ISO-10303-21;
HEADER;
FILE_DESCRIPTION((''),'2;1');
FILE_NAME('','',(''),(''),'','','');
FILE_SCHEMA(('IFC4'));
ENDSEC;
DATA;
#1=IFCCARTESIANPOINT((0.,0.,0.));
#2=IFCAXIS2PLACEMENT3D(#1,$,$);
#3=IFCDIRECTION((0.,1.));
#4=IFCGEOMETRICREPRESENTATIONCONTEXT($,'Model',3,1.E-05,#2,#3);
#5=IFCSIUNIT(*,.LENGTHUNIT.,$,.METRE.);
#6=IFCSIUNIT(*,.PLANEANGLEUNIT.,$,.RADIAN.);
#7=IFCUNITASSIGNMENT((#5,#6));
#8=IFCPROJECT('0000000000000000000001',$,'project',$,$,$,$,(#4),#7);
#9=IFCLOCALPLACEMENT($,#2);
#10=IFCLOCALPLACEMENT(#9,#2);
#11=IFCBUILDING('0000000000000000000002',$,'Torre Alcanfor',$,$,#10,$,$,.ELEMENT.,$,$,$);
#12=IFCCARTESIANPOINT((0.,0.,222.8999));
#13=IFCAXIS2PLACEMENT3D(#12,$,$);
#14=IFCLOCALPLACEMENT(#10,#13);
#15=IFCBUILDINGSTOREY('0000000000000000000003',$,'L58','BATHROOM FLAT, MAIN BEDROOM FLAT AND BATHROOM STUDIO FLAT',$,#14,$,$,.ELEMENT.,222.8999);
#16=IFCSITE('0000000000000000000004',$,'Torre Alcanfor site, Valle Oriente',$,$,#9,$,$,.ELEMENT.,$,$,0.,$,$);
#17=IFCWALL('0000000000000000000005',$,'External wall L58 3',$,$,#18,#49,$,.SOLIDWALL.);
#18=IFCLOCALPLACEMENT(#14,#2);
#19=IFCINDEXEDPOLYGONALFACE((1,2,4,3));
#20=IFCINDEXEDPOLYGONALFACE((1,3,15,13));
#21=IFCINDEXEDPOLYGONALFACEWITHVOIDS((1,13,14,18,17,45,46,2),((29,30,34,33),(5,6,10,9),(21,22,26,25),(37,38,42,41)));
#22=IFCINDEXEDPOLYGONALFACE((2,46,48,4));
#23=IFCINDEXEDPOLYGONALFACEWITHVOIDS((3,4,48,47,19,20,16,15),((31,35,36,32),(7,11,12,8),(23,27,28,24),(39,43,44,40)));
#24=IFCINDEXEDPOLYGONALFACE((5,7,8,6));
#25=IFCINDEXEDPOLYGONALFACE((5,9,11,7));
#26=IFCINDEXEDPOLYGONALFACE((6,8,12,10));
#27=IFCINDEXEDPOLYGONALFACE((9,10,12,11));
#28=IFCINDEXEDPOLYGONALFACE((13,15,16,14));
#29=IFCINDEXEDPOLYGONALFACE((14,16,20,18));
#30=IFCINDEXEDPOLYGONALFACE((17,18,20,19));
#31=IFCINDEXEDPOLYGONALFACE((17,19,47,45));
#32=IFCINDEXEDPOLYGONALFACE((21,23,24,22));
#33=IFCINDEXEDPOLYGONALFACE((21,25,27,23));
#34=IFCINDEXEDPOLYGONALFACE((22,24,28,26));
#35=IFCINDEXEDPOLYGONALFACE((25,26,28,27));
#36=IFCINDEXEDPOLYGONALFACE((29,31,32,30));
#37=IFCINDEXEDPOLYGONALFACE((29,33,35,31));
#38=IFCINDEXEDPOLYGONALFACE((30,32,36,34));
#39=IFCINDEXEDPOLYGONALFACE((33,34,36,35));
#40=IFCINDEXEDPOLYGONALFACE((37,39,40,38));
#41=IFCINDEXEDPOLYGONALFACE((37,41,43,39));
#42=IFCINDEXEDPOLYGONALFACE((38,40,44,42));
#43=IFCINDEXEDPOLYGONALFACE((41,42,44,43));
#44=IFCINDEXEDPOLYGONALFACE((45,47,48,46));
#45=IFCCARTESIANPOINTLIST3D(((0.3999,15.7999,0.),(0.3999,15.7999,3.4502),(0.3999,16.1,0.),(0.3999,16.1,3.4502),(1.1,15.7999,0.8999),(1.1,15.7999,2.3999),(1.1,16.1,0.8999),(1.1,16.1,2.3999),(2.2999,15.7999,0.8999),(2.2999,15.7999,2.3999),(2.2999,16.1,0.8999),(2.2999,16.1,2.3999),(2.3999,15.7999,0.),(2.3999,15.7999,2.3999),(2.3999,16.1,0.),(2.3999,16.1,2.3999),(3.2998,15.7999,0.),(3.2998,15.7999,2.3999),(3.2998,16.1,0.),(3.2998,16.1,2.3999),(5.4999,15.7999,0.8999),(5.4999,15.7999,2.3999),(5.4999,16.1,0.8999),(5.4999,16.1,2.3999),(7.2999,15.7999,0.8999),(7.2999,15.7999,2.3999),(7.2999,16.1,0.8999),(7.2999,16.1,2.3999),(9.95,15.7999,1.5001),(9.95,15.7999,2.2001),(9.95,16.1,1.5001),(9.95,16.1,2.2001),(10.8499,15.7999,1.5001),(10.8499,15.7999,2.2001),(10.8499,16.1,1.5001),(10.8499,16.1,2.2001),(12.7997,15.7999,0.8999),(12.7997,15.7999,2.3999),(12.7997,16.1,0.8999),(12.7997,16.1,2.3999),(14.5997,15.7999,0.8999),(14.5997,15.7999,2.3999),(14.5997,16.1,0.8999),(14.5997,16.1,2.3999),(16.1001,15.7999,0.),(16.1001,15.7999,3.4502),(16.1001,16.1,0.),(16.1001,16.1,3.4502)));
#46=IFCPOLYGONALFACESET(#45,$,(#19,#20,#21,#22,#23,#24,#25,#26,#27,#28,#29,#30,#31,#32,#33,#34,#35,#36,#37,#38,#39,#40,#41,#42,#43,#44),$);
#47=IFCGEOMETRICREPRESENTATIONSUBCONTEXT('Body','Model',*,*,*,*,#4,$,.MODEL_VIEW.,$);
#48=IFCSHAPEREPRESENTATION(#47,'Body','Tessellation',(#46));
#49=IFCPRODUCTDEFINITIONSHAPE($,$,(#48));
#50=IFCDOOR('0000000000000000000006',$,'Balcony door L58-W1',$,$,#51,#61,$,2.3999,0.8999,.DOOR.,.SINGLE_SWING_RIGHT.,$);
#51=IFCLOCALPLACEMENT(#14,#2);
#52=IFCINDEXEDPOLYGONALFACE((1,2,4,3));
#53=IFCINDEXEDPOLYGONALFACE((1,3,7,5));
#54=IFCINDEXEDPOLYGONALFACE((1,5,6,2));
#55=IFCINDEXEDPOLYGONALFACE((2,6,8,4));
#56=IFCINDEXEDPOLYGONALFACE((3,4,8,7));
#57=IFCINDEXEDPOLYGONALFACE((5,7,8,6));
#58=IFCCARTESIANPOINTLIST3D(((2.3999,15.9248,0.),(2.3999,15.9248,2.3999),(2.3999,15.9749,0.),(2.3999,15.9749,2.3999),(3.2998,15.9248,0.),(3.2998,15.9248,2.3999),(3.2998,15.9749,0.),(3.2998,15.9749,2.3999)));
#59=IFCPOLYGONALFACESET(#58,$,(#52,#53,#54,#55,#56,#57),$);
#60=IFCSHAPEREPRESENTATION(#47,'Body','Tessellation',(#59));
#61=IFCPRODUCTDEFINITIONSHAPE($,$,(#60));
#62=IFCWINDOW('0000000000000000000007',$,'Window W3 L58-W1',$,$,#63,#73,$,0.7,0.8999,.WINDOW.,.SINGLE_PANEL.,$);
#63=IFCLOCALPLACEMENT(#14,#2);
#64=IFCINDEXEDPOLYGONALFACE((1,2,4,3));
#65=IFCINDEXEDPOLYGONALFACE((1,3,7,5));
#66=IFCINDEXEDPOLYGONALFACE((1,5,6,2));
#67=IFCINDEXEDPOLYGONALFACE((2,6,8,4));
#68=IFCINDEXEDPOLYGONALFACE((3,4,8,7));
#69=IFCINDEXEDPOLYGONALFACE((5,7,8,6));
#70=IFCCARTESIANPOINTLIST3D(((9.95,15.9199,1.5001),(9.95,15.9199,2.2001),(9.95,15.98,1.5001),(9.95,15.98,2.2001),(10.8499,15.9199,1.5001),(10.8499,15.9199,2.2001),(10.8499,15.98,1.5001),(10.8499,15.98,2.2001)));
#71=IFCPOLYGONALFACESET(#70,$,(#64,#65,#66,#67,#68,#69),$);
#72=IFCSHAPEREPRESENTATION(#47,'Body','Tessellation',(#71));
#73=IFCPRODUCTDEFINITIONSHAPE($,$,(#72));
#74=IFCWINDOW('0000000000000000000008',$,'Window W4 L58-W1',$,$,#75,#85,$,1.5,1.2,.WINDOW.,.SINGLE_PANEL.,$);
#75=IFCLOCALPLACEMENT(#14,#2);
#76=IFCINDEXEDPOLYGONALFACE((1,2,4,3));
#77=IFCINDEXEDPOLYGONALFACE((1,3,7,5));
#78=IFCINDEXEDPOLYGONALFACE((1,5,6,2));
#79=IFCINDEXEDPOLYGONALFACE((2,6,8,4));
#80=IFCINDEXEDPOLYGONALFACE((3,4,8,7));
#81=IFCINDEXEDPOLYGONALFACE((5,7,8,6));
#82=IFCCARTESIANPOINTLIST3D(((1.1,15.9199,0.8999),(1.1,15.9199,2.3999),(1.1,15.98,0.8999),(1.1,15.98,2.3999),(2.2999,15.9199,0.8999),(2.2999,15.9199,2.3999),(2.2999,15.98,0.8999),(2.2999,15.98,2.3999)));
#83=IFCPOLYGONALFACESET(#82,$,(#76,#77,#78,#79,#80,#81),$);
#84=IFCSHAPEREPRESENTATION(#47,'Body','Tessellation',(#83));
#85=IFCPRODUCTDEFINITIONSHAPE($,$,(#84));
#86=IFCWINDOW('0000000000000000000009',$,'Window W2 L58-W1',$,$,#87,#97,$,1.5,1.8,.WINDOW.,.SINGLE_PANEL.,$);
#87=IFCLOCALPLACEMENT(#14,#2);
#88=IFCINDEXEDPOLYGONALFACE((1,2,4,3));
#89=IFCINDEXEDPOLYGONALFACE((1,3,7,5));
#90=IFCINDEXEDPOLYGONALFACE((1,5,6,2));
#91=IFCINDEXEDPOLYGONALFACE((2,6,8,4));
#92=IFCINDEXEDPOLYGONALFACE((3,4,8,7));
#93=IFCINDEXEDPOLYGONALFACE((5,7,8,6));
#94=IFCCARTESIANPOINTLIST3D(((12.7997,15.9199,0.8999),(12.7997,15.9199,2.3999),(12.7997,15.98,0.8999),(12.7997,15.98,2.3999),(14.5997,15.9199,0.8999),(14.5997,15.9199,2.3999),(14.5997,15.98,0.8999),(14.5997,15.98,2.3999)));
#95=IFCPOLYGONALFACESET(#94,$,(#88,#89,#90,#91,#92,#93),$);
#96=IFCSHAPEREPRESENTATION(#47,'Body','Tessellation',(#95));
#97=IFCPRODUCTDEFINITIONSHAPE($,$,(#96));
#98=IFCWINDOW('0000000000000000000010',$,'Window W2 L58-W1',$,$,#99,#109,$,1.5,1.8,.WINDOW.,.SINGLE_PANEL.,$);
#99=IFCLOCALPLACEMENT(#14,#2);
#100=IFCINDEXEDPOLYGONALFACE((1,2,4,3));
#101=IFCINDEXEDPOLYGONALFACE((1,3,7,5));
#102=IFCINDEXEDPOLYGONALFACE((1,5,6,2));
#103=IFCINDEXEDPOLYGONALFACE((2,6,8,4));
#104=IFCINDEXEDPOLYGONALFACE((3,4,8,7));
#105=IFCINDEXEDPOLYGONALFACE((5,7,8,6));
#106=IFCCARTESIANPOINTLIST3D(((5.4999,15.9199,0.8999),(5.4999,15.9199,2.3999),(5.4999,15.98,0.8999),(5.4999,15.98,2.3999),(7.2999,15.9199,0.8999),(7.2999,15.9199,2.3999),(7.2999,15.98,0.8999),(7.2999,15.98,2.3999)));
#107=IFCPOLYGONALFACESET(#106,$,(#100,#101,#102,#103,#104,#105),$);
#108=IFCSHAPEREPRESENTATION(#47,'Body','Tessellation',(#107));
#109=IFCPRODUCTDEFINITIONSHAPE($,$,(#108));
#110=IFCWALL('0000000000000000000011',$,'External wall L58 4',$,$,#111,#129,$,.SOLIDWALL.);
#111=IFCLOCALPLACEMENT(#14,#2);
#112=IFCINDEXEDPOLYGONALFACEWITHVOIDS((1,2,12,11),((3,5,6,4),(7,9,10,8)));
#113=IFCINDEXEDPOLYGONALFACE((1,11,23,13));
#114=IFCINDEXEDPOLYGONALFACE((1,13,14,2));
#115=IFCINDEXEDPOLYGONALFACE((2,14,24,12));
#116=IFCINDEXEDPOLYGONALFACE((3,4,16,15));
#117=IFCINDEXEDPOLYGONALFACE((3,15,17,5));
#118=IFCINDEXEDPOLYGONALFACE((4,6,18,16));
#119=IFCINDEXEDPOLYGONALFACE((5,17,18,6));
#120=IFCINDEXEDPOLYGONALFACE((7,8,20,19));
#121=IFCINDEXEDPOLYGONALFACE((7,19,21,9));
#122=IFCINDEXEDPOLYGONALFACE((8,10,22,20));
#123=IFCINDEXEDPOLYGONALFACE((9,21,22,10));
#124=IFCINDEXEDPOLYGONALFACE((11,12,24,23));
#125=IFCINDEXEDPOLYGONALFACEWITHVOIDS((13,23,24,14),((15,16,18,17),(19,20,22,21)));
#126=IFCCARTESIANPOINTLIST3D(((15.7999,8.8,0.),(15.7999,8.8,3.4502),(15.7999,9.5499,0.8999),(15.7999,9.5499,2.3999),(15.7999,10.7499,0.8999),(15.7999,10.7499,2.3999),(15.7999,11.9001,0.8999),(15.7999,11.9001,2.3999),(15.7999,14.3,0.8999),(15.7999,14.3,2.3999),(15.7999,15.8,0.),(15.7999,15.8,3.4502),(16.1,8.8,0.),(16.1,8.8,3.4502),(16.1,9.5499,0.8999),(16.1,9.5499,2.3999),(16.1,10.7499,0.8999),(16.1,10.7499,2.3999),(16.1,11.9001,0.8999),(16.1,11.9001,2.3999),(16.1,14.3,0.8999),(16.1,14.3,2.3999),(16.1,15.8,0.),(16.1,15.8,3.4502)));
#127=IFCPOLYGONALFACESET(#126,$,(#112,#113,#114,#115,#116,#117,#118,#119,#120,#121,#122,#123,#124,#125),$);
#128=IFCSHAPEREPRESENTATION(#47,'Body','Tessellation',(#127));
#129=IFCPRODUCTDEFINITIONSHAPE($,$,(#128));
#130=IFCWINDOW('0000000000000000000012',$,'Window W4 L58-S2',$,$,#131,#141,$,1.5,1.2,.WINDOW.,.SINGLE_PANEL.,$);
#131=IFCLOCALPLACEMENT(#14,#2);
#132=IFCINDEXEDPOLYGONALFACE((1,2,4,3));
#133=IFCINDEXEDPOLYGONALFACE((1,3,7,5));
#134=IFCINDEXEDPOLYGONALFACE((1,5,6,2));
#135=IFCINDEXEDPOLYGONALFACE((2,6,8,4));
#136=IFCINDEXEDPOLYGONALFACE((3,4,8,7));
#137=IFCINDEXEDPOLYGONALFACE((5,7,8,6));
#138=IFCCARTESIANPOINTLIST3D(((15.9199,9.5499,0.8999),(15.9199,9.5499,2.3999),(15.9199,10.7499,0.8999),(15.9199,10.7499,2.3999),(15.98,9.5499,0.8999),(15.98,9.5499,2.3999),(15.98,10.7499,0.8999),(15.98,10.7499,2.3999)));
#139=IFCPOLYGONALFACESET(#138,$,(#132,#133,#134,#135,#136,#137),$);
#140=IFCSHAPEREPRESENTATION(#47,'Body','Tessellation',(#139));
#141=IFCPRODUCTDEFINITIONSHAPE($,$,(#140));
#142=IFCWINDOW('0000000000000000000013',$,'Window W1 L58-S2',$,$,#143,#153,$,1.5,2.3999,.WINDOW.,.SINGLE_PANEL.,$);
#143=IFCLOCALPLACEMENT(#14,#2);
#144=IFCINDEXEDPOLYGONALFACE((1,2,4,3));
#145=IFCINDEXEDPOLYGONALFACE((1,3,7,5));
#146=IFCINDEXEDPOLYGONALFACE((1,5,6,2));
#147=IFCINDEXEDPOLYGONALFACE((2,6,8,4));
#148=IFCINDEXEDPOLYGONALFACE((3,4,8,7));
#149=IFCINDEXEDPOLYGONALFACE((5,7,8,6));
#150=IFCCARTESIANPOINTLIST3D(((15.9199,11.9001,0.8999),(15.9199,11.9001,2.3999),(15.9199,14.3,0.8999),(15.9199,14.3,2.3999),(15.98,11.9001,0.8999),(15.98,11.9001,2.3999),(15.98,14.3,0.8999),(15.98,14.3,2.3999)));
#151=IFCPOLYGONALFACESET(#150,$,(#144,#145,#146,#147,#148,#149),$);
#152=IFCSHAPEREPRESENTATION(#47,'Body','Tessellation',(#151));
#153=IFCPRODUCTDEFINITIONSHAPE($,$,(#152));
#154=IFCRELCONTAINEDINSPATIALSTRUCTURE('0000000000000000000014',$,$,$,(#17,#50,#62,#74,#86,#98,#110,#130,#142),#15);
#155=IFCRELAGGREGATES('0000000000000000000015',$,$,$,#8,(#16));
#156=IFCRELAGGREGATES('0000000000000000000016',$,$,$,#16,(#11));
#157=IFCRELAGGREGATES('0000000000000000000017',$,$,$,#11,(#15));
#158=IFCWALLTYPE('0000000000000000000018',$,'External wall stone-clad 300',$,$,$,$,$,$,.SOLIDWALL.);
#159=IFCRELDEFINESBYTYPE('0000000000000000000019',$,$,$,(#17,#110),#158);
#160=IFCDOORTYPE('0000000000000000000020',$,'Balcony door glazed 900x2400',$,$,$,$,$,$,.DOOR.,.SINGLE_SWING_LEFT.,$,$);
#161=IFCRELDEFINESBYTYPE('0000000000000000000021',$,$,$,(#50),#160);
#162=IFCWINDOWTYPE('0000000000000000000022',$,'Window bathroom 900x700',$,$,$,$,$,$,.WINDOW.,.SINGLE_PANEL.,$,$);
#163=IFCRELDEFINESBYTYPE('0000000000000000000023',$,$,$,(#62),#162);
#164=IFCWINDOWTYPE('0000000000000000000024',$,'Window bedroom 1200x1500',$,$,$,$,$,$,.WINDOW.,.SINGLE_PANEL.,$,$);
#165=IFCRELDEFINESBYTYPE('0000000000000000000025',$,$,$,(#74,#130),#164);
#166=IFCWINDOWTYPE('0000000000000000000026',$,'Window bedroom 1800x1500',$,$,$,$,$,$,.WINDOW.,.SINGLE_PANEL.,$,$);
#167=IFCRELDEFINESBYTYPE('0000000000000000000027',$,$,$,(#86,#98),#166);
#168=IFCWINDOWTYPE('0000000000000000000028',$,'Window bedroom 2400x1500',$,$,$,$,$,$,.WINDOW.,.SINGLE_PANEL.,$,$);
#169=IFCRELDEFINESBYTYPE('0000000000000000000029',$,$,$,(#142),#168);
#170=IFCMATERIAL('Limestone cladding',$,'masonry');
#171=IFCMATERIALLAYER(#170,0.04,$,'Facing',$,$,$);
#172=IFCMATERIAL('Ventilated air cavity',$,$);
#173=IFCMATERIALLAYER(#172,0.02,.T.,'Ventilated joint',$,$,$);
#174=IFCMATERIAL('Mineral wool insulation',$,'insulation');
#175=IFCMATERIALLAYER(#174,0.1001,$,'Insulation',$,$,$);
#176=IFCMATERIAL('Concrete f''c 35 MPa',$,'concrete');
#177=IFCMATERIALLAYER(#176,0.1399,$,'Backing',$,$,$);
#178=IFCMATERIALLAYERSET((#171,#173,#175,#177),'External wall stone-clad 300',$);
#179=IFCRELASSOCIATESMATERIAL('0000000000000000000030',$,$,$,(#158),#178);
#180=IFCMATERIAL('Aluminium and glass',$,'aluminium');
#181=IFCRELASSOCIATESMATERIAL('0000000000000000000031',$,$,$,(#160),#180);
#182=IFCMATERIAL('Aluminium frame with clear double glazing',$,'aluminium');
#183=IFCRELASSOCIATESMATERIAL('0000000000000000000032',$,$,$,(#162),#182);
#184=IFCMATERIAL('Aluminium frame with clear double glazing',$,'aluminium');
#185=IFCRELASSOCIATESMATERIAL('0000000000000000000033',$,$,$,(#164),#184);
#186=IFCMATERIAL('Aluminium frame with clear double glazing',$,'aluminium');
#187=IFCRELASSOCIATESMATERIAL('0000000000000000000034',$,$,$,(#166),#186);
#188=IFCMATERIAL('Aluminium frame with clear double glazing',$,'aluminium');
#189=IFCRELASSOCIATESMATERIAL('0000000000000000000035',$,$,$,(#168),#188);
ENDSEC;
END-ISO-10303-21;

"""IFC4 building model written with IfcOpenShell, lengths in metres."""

from ifc_helpers import new_model, si_unit, direction, frame, frame_2d, origin, place, context, subcontext, project, spatial, rectangle, extrude, material, layer, layer_set, type_object, element, fill, save


model = new_model("IFC4")

# Units and contexts
model_context = context("Model", 3, precision=1e-05, world=origin(), true_north=direction((0.0, 1.0)))
body_context = subcontext(model_context, "Body", "Model", "MODEL_VIEW")
ifc_project = project(units=[si_unit("LENGTHUNIT", "METRE"), si_unit("PLANEANGLEUNIT", "RADIAN")], contexts=[model_context])

# Site, building, storey
site_placement = place(None, origin())
site = spatial("IfcSite", under=ifc_project, at=site_placement, Name="Torre Alcanfor site, Valle Oriente", CompositionType="ELEMENT", RefElevation=0.0)
building_placement = place(site_placement, origin())
building = spatial("IfcBuilding", under=site, at=building_placement, Name="Torre Alcanfor", CompositionType="ELEMENT")
storey_placement = place(building_placement, frame((0.0, 0.0, 222.8999)))
storey = spatial("IfcBuildingStorey", under=building, at=storey_placement, Name="L58", Description="BATHROOM FLAT, MAIN BEDROOM FLAT AND BATHROOM STUDIO FLAT", CompositionType="ELEMENT", Elevation=222.8999)

# Wall, openings, door, windows
ifc_material_1 = material(Name="Limestone cladding", Category="masonry")
ifc_layer_1 = layer(ifc_material_1, 0.04, Name="Facing")
ifc_material_2 = material(Name="Ventilated air cavity")
ifc_layer_2 = layer(ifc_material_2, 0.02, ventilated=True, Name="Ventilated joint")
ifc_material_3 = material(Name="Mineral wool insulation", Category="insulation")
ifc_layer_3 = layer(ifc_material_3, 0.1001, Name="Insulation")
ifc_material_4 = material(Name="Concrete f'c 35 MPa", Category="concrete")
ifc_layer_4 = layer(ifc_material_4, 0.1399, Name="Backing")
ifc_layer_set_1 = layer_set([ifc_layer_1, ifc_layer_2, ifc_layer_3, ifc_layer_4], Name="External wall stone-clad 300")
wall_type_1 = type_object("IfcWallType", Name="External wall stone-clad 300", PredefinedType="SOLIDWALL", material=ifc_layer_set_1)
wall_1_placement = place(storey_placement, frame((0.3999, 15.95, 0.0), z_axis=(0.0, 0.0, 1.0), x_axis=(1.0, 0.0, 0.0)))
wall_1 = element("IfcWall", 1, at=wall_1_placement, inside=storey, type_object=wall_type_1, Name="External wall L58 3", PredefinedType="SOLIDWALL", context=body_context, shape_type="SweptSolid", body=[
    extrude(rectangle(XDim=15.7002, YDim=0.3, at=frame_2d((7.8501, 0.0))), origin(), (0.0, 0.0, 1.0), 3.4502),
])
opening_1_placement = place(wall_1_placement, frame((12.3999, 0.0, 0.8999)))
opening_1 = element("IfcOpeningElement", 2, at=opening_1_placement, cuts=wall_1, PredefinedType="OPENING", context=body_context, shape_type="SweptSolid", body=[
    extrude(rectangle(XDim=1.8, YDim=1.5, at=frame_2d((0.8999, 0.75))), frame((0.0, 0.1599, 0.0), z_axis=(0.0, -1.0, 0.0), x_axis=(1.0, 0.0, 0.0)), (0.0, 0.0, 1.0), 0.3201),
])
opening_2_placement = place(wall_1_placement, frame((9.55, 0.0, 1.5)))
opening_2 = element("IfcOpeningElement", 3, at=opening_2_placement, cuts=wall_1, PredefinedType="OPENING", context=body_context, shape_type="SweptSolid", body=[
    extrude(rectangle(XDim=0.8999, YDim=0.7, at=frame_2d((0.45, 0.3501))), frame((0.0, 0.1599, 0.0), z_axis=(0.0, -1.0, 0.0), x_axis=(1.0, 0.0, 0.0)), (0.0, 0.0, 1.0), 0.3201),
])
opening_3_placement = place(wall_1_placement, frame((5.1001, 0.0, 0.8999)))
opening_3 = element("IfcOpeningElement", 4, at=opening_3_placement, cuts=wall_1, PredefinedType="OPENING", context=body_context, shape_type="SweptSolid", body=[
    extrude(rectangle(XDim=1.8, YDim=1.5, at=frame_2d((0.8999, 0.75))), frame((0.0, 0.1599, 0.0), z_axis=(0.0, -1.0, 0.0), x_axis=(1.0, 0.0, 0.0)), (0.0, 0.0, 1.0), 0.3201),
])
opening_4_placement = place(wall_1_placement, frame((2.0, 0.0, 0.0)))
opening_4 = element("IfcOpeningElement", 5, at=opening_4_placement, cuts=wall_1, PredefinedType="OPENING", context=body_context, shape_type="SweptSolid", body=[
    extrude(rectangle(XDim=0.8999, YDim=2.3999, at=frame_2d((0.45, 1.2))), frame((0.0, 0.1599, 0.0), z_axis=(0.0, -1.0, 0.0), x_axis=(1.0, 0.0, 0.0)), (0.0, 0.0, 1.0), 0.3201),
])
opening_5_placement = place(wall_1_placement, frame((0.7, 0.0, 0.8999)))
opening_5 = element("IfcOpeningElement", 6, at=opening_5_placement, cuts=wall_1, PredefinedType="OPENING", context=body_context, shape_type="SweptSolid", body=[
    extrude(rectangle(XDim=1.2, YDim=1.5, at=frame_2d((0.6001, 0.75))), frame((0.0, 0.1599, 0.0), z_axis=(0.0, -1.0, 0.0), x_axis=(1.0, 0.0, 0.0)), (0.0, 0.0, 1.0), 0.3201),
])
ifc_material_5 = material(Name="Aluminium and glass", Category="aluminium")
door_type = type_object("IfcDoorType", Name="Balcony door glazed 900x2400", OperationType="SINGLE_SWING_LEFT", PredefinedType="DOOR", material=ifc_material_5)
door_placement = place(opening_4_placement, origin())
door = element("IfcDoor", 7, at=door_placement, inside=storey, type_object=door_type, Name="Balcony door L58-W1", OperationType="SINGLE_SWING_RIGHT", OverallHeight=2.3999, OverallWidth=0.8999, PredefinedType="DOOR", context=body_context, shape_type="SweptSolid", body=[
    extrude(rectangle(XDim=0.8999, YDim=2.3999, at=frame_2d((0.45, 1.2))), frame((0.0, 0.0249, 0.0), z_axis=(0.0, -1.0, 0.0), x_axis=(1.0, 0.0, 0.0)), (0.0, 0.0, 1.0), 0.05),
])
fill(opening_4, door)
ifc_material_6 = material(Name="Aluminium frame with clear double glazing", Category="aluminium")
window_type_1 = type_object("IfcWindowType", Name="Window bathroom 900x700", PartitioningType="SINGLE_PANEL", PredefinedType="WINDOW", material=ifc_material_6)
window_1_placement = place(opening_2_placement, origin())
window_1 = element("IfcWindow", 8, at=window_1_placement, inside=storey, type_object=window_type_1, Name="Window W3 L58-W1", OverallHeight=0.7, OverallWidth=0.8999, PartitioningType="SINGLE_PANEL", PredefinedType="WINDOW", context=body_context, shape_type="SweptSolid", body=[
    extrude(rectangle(XDim=0.8999, YDim=0.7, at=frame_2d((0.45, 0.3501))), frame((0.0, 0.03, 0.0), z_axis=(0.0, -1.0, 0.0), x_axis=(1.0, 0.0, 0.0)), (0.0, 0.0, 1.0), 0.0601),
])
fill(opening_2, window_1)
ifc_material_7 = material(Name="Aluminium frame with clear double glazing", Category="aluminium")
window_type_2 = type_object("IfcWindowType", Name="Window bedroom 1200x1500", PartitioningType="SINGLE_PANEL", PredefinedType="WINDOW", material=ifc_material_7)
window_2_placement = place(opening_5_placement, origin())
window_2 = element("IfcWindow", 9, at=window_2_placement, inside=storey, type_object=window_type_2, Name="Window W4 L58-W1", OverallHeight=1.5, OverallWidth=1.2, PartitioningType="SINGLE_PANEL", PredefinedType="WINDOW", context=body_context, shape_type="SweptSolid", body=[
    extrude(rectangle(XDim=1.2, YDim=1.5, at=frame_2d((0.6001, 0.75))), frame((0.0, 0.03, 0.0), z_axis=(0.0, -1.0, 0.0), x_axis=(1.0, 0.0, 0.0)), (0.0, 0.0, 1.0), 0.0601),
])
fill(opening_5, window_2)
ifc_material_8 = material(Name="Aluminium frame with clear double glazing", Category="aluminium")
window_type_3 = type_object("IfcWindowType", Name="Window bedroom 1800x1500", PartitioningType="SINGLE_PANEL", PredefinedType="WINDOW", material=ifc_material_8)
window_3_placement = place(opening_1_placement, origin())
window_3 = element("IfcWindow", 10, at=window_3_placement, inside=storey, type_object=window_type_3, Name="Window W2 L58-W1", OverallHeight=1.5, OverallWidth=1.8, PartitioningType="SINGLE_PANEL", PredefinedType="WINDOW", context=body_context, shape_type="SweptSolid", body=[
    extrude(rectangle(XDim=1.8, YDim=1.5, at=frame_2d((0.8999, 0.75))), frame((0.0, 0.03, 0.0), z_axis=(0.0, -1.0, 0.0), x_axis=(1.0, 0.0, 0.0)), (0.0, 0.0, 1.0), 0.0601),
])
fill(opening_1, window_3)
window_4_placement = place(opening_3_placement, origin())
window_4 = element("IfcWindow", 11, at=window_4_placement, inside=storey, type_object=window_type_3, Name="Window W2 L58-W1", OverallHeight=1.5, OverallWidth=1.8, PartitioningType="SINGLE_PANEL", PredefinedType="WINDOW", context=body_context, shape_type="SweptSolid", body=[
    extrude(rectangle(XDim=1.8, YDim=1.5, at=frame_2d((0.8999, 0.75))), frame((0.0, 0.03, 0.0), z_axis=(0.0, -1.0, 0.0), x_axis=(1.0, 0.0, 0.0)), (0.0, 0.0, 1.0), 0.0601),
])
fill(opening_3, window_4)

# Wall, openings, windows
wall_2_placement = place(storey_placement, frame((15.95, 15.8, 0.0), z_axis=(0.0, 0.0, 1.0), x_axis=(0.0, -1.0, 0.0)))
wall_2 = element("IfcWall", 12, at=wall_2_placement, inside=storey, type_object=wall_type_1, Name="External wall L58 4", PredefinedType="SOLIDWALL", context=body_context, shape_type="SweptSolid", body=[
    extrude(rectangle(XDim=7.0, YDim=0.3, at=frame_2d((3.5, 0.0))), origin(), (0.0, 0.0, 1.0), 3.4502),
])
opening_6_placement = place(wall_2_placement, frame((1.5, 0.0, 0.8999)))
opening_6 = element("IfcOpeningElement", 13, at=opening_6_placement, cuts=wall_2, PredefinedType="OPENING", context=body_context, shape_type="SweptSolid", body=[
    extrude(rectangle(XDim=2.3999, YDim=1.5, at=frame_2d((1.2, 0.75))), frame((0.0, 0.1599, 0.0), z_axis=(0.0, -1.0, 0.0), x_axis=(1.0, 0.0, 0.0)), (0.0, 0.0, 1.0), 0.3201),
])
opening_7_placement = place(wall_2_placement, frame((5.05, 0.0, 0.8999)))
opening_7 = element("IfcOpeningElement", 14, at=opening_7_placement, cuts=wall_2, PredefinedType="OPENING", context=body_context, shape_type="SweptSolid", body=[
    extrude(rectangle(XDim=1.2, YDim=1.5, at=frame_2d((0.6001, 0.75))), frame((0.0, 0.1599, 0.0), z_axis=(0.0, -1.0, 0.0), x_axis=(1.0, 0.0, 0.0)), (0.0, 0.0, 1.0), 0.3201),
])
window_5_placement = place(opening_7_placement, origin())
window_5 = element("IfcWindow", 15, at=window_5_placement, inside=storey, type_object=window_type_2, Name="Window W4 L58-S2", OverallHeight=1.5, OverallWidth=1.2, PartitioningType="SINGLE_PANEL", PredefinedType="WINDOW", context=body_context, shape_type="SweptSolid", body=[
    extrude(rectangle(XDim=1.2, YDim=1.5, at=frame_2d((0.6001, 0.75))), frame((0.0, 0.03, 0.0), z_axis=(0.0, -1.0, 0.0), x_axis=(1.0, 0.0, 0.0)), (0.0, 0.0, 1.0), 0.0601),
])
fill(opening_7, window_5)
ifc_material_9 = material(Name="Aluminium frame with clear double glazing", Category="aluminium")
window_type_4 = type_object("IfcWindowType", Name="Window bedroom 2400x1500", PartitioningType="SINGLE_PANEL", PredefinedType="WINDOW", material=ifc_material_9)
window_6_placement = place(opening_6_placement, origin())
window_6 = element("IfcWindow", 16, at=window_6_placement, inside=storey, type_object=window_type_4, Name="Window W1 L58-S2", OverallHeight=1.5, OverallWidth=2.3999, PartitioningType="SINGLE_PANEL", PredefinedType="WINDOW", context=body_context, shape_type="SweptSolid", body=[
    extrude(rectangle(XDim=2.3999, YDim=1.5, at=frame_2d((1.2, 0.75))), frame((0.0, 0.03, 0.0), z_axis=(0.0, -1.0, 0.0), x_axis=(1.0, 0.0, 0.0)), (0.0, 0.0, 1.0), 0.0601),
])
fill(opening_6, window_6)

save(model, "model.ifc")
